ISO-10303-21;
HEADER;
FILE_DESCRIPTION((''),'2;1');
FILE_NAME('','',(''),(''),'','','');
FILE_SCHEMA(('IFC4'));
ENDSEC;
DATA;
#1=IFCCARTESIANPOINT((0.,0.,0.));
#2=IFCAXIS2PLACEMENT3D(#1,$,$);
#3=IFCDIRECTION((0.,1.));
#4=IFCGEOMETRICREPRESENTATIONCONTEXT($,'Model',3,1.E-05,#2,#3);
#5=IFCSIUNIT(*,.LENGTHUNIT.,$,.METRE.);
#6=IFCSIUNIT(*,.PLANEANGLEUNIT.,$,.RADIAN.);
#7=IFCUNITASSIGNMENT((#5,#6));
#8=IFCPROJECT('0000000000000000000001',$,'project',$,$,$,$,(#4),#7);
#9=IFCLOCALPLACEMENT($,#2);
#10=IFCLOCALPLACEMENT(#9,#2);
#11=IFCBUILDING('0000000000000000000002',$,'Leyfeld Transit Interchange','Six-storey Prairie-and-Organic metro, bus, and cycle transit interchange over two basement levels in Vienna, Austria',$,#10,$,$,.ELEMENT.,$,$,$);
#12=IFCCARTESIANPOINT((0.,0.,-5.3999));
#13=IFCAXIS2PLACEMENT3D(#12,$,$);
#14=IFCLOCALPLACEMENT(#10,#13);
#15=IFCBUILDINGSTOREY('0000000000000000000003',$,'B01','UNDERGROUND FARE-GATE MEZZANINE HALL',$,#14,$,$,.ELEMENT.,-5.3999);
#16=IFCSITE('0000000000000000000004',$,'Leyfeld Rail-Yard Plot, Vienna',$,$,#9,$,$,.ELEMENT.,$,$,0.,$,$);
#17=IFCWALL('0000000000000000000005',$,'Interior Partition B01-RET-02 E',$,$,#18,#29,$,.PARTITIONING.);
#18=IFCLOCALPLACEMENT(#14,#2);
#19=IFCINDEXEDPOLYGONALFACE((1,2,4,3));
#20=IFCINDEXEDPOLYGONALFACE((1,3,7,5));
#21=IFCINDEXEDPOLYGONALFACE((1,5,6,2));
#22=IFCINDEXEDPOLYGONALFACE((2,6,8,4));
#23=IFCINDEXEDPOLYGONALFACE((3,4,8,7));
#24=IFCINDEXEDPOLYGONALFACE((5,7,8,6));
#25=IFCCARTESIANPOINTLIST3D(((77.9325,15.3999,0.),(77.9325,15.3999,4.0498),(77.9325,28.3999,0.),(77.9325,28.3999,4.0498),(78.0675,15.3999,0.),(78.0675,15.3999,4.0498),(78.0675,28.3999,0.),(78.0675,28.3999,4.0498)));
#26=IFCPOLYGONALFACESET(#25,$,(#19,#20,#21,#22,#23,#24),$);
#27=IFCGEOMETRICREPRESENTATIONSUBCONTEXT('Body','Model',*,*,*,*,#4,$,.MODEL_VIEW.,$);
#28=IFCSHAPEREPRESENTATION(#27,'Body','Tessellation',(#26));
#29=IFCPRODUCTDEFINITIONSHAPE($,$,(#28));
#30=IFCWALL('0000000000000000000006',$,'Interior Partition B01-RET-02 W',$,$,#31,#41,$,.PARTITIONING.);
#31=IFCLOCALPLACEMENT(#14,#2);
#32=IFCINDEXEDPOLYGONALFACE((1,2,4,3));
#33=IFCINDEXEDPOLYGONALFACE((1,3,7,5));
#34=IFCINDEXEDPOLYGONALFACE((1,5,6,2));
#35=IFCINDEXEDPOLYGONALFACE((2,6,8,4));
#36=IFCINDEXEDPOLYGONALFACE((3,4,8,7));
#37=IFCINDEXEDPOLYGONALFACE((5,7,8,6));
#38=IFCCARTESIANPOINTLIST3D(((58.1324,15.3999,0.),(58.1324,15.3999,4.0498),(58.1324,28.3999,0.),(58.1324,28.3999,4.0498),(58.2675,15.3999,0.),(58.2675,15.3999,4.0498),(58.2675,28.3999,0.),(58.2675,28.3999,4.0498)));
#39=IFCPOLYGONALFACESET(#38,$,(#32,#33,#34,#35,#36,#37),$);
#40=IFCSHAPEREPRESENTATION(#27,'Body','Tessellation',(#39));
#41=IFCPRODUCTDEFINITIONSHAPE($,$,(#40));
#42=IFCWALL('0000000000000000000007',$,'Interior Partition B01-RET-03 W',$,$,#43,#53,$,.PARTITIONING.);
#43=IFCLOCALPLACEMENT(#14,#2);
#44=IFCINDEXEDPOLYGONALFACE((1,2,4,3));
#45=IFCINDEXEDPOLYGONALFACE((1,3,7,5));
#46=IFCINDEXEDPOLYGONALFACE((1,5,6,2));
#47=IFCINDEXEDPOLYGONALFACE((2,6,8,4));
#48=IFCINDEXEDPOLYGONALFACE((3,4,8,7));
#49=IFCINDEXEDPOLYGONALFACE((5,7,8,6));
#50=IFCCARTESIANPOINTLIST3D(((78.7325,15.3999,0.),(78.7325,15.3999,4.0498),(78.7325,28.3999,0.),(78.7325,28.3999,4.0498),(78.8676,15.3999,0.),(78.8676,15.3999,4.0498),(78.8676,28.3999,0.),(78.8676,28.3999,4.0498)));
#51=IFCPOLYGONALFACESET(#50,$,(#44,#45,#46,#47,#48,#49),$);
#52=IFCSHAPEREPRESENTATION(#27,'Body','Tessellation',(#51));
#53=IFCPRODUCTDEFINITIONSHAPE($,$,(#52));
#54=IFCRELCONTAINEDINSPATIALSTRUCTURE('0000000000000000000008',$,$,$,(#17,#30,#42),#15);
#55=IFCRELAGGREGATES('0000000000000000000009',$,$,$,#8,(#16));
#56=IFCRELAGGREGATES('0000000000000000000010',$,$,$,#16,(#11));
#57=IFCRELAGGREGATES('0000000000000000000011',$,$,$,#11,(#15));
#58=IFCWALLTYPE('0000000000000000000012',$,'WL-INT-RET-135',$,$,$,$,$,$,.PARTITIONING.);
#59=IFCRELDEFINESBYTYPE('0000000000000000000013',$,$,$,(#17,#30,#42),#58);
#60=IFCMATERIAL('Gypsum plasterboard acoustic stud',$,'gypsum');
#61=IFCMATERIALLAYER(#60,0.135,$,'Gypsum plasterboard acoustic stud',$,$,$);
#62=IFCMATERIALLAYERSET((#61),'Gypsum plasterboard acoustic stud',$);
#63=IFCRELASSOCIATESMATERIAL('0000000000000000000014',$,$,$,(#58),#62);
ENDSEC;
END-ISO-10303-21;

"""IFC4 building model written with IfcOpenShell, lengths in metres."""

from ifc_helpers import new_model, si_unit, direction, frame, frame_2d, origin, place, context, subcontext, project, spatial, rectangle, extrude, material, layer, layer_set, type_object, element, save


model = new_model("IFC4")

# Units and contexts
model_context = context("Model", 3, precision=1e-05, world=origin(), true_north=direction((0.0, 1.0)))
body_context = subcontext(model_context, "Body", "Model", "MODEL_VIEW")
ifc_project = project(units=[si_unit("LENGTHUNIT", "METRE"), si_unit("PLANEANGLEUNIT", "RADIAN")], contexts=[model_context])

# Site, building, storey
site_placement = place(None, origin())
site = spatial("IfcSite", under=ifc_project, at=site_placement, Name="Leyfeld Rail-Yard Plot, Vienna", CompositionType="ELEMENT", RefElevation=0.0)
building_placement = place(site_placement, origin())
building = spatial("IfcBuilding", under=site, at=building_placement, Name="Leyfeld Transit Interchange", Description="Six-storey Prairie-and-Organic metro, bus, and cycle transit interchange over two basement levels in Vienna, Austria", CompositionType="ELEMENT")
storey_placement = place(building_placement, frame((0.0, 0.0, -5.3999)))
storey = spatial("IfcBuildingStorey", under=building, at=storey_placement, Name="B01", Description="UNDERGROUND FARE-GATE MEZZANINE HALL", CompositionType="ELEMENT", Elevation=-5.3999)

# Walls
ifc_material_1 = material(Name="Gypsum plasterboard acoustic stud", Category="gypsum")
ifc_layer_1 = layer(ifc_material_1, 0.135, Name="Gypsum plasterboard acoustic stud")
ifc_layer_set_1 = layer_set([ifc_layer_1], Name="Gypsum plasterboard acoustic stud")
wall_type_1 = type_object("IfcWallType", Name="WL-INT-RET-135", PredefinedType="PARTITIONING", material=ifc_layer_set_1)
for number, where, z_axis, x_axis, name in (
    (1, (78.0, 28.3999, 0.0), (0.0, 0.0, 1.0), (0.0, -1.0, 0.0), "Interior Partition B01-RET-02 E"),
    (2, (58.2, 15.3999, 0.0), (0.0, 0.0, 1.0), (0.0, 1.0, 0.0), "Interior Partition B01-RET-02 W"),
    (3, (78.8, 15.3999, 0.0), (0.0, 0.0, 1.0), (0.0, 1.0, 0.0), "Interior Partition B01-RET-03 W"),
):
    element("IfcWall", number, at=place(storey_placement, frame(where, z_axis=z_axis, x_axis=x_axis)), inside=storey, type_object=wall_type_1, Name=name, PredefinedType="PARTITIONING", context=body_context, shape_type="SweptSolid", body=[
        extrude(rectangle(XDim=13.0, YDim=0.135, at=frame_2d((6.5, 0.0))), origin(), (0.0, 0.0, 1.0), 4.0498),
    ])

save(model, "model.ifc")
